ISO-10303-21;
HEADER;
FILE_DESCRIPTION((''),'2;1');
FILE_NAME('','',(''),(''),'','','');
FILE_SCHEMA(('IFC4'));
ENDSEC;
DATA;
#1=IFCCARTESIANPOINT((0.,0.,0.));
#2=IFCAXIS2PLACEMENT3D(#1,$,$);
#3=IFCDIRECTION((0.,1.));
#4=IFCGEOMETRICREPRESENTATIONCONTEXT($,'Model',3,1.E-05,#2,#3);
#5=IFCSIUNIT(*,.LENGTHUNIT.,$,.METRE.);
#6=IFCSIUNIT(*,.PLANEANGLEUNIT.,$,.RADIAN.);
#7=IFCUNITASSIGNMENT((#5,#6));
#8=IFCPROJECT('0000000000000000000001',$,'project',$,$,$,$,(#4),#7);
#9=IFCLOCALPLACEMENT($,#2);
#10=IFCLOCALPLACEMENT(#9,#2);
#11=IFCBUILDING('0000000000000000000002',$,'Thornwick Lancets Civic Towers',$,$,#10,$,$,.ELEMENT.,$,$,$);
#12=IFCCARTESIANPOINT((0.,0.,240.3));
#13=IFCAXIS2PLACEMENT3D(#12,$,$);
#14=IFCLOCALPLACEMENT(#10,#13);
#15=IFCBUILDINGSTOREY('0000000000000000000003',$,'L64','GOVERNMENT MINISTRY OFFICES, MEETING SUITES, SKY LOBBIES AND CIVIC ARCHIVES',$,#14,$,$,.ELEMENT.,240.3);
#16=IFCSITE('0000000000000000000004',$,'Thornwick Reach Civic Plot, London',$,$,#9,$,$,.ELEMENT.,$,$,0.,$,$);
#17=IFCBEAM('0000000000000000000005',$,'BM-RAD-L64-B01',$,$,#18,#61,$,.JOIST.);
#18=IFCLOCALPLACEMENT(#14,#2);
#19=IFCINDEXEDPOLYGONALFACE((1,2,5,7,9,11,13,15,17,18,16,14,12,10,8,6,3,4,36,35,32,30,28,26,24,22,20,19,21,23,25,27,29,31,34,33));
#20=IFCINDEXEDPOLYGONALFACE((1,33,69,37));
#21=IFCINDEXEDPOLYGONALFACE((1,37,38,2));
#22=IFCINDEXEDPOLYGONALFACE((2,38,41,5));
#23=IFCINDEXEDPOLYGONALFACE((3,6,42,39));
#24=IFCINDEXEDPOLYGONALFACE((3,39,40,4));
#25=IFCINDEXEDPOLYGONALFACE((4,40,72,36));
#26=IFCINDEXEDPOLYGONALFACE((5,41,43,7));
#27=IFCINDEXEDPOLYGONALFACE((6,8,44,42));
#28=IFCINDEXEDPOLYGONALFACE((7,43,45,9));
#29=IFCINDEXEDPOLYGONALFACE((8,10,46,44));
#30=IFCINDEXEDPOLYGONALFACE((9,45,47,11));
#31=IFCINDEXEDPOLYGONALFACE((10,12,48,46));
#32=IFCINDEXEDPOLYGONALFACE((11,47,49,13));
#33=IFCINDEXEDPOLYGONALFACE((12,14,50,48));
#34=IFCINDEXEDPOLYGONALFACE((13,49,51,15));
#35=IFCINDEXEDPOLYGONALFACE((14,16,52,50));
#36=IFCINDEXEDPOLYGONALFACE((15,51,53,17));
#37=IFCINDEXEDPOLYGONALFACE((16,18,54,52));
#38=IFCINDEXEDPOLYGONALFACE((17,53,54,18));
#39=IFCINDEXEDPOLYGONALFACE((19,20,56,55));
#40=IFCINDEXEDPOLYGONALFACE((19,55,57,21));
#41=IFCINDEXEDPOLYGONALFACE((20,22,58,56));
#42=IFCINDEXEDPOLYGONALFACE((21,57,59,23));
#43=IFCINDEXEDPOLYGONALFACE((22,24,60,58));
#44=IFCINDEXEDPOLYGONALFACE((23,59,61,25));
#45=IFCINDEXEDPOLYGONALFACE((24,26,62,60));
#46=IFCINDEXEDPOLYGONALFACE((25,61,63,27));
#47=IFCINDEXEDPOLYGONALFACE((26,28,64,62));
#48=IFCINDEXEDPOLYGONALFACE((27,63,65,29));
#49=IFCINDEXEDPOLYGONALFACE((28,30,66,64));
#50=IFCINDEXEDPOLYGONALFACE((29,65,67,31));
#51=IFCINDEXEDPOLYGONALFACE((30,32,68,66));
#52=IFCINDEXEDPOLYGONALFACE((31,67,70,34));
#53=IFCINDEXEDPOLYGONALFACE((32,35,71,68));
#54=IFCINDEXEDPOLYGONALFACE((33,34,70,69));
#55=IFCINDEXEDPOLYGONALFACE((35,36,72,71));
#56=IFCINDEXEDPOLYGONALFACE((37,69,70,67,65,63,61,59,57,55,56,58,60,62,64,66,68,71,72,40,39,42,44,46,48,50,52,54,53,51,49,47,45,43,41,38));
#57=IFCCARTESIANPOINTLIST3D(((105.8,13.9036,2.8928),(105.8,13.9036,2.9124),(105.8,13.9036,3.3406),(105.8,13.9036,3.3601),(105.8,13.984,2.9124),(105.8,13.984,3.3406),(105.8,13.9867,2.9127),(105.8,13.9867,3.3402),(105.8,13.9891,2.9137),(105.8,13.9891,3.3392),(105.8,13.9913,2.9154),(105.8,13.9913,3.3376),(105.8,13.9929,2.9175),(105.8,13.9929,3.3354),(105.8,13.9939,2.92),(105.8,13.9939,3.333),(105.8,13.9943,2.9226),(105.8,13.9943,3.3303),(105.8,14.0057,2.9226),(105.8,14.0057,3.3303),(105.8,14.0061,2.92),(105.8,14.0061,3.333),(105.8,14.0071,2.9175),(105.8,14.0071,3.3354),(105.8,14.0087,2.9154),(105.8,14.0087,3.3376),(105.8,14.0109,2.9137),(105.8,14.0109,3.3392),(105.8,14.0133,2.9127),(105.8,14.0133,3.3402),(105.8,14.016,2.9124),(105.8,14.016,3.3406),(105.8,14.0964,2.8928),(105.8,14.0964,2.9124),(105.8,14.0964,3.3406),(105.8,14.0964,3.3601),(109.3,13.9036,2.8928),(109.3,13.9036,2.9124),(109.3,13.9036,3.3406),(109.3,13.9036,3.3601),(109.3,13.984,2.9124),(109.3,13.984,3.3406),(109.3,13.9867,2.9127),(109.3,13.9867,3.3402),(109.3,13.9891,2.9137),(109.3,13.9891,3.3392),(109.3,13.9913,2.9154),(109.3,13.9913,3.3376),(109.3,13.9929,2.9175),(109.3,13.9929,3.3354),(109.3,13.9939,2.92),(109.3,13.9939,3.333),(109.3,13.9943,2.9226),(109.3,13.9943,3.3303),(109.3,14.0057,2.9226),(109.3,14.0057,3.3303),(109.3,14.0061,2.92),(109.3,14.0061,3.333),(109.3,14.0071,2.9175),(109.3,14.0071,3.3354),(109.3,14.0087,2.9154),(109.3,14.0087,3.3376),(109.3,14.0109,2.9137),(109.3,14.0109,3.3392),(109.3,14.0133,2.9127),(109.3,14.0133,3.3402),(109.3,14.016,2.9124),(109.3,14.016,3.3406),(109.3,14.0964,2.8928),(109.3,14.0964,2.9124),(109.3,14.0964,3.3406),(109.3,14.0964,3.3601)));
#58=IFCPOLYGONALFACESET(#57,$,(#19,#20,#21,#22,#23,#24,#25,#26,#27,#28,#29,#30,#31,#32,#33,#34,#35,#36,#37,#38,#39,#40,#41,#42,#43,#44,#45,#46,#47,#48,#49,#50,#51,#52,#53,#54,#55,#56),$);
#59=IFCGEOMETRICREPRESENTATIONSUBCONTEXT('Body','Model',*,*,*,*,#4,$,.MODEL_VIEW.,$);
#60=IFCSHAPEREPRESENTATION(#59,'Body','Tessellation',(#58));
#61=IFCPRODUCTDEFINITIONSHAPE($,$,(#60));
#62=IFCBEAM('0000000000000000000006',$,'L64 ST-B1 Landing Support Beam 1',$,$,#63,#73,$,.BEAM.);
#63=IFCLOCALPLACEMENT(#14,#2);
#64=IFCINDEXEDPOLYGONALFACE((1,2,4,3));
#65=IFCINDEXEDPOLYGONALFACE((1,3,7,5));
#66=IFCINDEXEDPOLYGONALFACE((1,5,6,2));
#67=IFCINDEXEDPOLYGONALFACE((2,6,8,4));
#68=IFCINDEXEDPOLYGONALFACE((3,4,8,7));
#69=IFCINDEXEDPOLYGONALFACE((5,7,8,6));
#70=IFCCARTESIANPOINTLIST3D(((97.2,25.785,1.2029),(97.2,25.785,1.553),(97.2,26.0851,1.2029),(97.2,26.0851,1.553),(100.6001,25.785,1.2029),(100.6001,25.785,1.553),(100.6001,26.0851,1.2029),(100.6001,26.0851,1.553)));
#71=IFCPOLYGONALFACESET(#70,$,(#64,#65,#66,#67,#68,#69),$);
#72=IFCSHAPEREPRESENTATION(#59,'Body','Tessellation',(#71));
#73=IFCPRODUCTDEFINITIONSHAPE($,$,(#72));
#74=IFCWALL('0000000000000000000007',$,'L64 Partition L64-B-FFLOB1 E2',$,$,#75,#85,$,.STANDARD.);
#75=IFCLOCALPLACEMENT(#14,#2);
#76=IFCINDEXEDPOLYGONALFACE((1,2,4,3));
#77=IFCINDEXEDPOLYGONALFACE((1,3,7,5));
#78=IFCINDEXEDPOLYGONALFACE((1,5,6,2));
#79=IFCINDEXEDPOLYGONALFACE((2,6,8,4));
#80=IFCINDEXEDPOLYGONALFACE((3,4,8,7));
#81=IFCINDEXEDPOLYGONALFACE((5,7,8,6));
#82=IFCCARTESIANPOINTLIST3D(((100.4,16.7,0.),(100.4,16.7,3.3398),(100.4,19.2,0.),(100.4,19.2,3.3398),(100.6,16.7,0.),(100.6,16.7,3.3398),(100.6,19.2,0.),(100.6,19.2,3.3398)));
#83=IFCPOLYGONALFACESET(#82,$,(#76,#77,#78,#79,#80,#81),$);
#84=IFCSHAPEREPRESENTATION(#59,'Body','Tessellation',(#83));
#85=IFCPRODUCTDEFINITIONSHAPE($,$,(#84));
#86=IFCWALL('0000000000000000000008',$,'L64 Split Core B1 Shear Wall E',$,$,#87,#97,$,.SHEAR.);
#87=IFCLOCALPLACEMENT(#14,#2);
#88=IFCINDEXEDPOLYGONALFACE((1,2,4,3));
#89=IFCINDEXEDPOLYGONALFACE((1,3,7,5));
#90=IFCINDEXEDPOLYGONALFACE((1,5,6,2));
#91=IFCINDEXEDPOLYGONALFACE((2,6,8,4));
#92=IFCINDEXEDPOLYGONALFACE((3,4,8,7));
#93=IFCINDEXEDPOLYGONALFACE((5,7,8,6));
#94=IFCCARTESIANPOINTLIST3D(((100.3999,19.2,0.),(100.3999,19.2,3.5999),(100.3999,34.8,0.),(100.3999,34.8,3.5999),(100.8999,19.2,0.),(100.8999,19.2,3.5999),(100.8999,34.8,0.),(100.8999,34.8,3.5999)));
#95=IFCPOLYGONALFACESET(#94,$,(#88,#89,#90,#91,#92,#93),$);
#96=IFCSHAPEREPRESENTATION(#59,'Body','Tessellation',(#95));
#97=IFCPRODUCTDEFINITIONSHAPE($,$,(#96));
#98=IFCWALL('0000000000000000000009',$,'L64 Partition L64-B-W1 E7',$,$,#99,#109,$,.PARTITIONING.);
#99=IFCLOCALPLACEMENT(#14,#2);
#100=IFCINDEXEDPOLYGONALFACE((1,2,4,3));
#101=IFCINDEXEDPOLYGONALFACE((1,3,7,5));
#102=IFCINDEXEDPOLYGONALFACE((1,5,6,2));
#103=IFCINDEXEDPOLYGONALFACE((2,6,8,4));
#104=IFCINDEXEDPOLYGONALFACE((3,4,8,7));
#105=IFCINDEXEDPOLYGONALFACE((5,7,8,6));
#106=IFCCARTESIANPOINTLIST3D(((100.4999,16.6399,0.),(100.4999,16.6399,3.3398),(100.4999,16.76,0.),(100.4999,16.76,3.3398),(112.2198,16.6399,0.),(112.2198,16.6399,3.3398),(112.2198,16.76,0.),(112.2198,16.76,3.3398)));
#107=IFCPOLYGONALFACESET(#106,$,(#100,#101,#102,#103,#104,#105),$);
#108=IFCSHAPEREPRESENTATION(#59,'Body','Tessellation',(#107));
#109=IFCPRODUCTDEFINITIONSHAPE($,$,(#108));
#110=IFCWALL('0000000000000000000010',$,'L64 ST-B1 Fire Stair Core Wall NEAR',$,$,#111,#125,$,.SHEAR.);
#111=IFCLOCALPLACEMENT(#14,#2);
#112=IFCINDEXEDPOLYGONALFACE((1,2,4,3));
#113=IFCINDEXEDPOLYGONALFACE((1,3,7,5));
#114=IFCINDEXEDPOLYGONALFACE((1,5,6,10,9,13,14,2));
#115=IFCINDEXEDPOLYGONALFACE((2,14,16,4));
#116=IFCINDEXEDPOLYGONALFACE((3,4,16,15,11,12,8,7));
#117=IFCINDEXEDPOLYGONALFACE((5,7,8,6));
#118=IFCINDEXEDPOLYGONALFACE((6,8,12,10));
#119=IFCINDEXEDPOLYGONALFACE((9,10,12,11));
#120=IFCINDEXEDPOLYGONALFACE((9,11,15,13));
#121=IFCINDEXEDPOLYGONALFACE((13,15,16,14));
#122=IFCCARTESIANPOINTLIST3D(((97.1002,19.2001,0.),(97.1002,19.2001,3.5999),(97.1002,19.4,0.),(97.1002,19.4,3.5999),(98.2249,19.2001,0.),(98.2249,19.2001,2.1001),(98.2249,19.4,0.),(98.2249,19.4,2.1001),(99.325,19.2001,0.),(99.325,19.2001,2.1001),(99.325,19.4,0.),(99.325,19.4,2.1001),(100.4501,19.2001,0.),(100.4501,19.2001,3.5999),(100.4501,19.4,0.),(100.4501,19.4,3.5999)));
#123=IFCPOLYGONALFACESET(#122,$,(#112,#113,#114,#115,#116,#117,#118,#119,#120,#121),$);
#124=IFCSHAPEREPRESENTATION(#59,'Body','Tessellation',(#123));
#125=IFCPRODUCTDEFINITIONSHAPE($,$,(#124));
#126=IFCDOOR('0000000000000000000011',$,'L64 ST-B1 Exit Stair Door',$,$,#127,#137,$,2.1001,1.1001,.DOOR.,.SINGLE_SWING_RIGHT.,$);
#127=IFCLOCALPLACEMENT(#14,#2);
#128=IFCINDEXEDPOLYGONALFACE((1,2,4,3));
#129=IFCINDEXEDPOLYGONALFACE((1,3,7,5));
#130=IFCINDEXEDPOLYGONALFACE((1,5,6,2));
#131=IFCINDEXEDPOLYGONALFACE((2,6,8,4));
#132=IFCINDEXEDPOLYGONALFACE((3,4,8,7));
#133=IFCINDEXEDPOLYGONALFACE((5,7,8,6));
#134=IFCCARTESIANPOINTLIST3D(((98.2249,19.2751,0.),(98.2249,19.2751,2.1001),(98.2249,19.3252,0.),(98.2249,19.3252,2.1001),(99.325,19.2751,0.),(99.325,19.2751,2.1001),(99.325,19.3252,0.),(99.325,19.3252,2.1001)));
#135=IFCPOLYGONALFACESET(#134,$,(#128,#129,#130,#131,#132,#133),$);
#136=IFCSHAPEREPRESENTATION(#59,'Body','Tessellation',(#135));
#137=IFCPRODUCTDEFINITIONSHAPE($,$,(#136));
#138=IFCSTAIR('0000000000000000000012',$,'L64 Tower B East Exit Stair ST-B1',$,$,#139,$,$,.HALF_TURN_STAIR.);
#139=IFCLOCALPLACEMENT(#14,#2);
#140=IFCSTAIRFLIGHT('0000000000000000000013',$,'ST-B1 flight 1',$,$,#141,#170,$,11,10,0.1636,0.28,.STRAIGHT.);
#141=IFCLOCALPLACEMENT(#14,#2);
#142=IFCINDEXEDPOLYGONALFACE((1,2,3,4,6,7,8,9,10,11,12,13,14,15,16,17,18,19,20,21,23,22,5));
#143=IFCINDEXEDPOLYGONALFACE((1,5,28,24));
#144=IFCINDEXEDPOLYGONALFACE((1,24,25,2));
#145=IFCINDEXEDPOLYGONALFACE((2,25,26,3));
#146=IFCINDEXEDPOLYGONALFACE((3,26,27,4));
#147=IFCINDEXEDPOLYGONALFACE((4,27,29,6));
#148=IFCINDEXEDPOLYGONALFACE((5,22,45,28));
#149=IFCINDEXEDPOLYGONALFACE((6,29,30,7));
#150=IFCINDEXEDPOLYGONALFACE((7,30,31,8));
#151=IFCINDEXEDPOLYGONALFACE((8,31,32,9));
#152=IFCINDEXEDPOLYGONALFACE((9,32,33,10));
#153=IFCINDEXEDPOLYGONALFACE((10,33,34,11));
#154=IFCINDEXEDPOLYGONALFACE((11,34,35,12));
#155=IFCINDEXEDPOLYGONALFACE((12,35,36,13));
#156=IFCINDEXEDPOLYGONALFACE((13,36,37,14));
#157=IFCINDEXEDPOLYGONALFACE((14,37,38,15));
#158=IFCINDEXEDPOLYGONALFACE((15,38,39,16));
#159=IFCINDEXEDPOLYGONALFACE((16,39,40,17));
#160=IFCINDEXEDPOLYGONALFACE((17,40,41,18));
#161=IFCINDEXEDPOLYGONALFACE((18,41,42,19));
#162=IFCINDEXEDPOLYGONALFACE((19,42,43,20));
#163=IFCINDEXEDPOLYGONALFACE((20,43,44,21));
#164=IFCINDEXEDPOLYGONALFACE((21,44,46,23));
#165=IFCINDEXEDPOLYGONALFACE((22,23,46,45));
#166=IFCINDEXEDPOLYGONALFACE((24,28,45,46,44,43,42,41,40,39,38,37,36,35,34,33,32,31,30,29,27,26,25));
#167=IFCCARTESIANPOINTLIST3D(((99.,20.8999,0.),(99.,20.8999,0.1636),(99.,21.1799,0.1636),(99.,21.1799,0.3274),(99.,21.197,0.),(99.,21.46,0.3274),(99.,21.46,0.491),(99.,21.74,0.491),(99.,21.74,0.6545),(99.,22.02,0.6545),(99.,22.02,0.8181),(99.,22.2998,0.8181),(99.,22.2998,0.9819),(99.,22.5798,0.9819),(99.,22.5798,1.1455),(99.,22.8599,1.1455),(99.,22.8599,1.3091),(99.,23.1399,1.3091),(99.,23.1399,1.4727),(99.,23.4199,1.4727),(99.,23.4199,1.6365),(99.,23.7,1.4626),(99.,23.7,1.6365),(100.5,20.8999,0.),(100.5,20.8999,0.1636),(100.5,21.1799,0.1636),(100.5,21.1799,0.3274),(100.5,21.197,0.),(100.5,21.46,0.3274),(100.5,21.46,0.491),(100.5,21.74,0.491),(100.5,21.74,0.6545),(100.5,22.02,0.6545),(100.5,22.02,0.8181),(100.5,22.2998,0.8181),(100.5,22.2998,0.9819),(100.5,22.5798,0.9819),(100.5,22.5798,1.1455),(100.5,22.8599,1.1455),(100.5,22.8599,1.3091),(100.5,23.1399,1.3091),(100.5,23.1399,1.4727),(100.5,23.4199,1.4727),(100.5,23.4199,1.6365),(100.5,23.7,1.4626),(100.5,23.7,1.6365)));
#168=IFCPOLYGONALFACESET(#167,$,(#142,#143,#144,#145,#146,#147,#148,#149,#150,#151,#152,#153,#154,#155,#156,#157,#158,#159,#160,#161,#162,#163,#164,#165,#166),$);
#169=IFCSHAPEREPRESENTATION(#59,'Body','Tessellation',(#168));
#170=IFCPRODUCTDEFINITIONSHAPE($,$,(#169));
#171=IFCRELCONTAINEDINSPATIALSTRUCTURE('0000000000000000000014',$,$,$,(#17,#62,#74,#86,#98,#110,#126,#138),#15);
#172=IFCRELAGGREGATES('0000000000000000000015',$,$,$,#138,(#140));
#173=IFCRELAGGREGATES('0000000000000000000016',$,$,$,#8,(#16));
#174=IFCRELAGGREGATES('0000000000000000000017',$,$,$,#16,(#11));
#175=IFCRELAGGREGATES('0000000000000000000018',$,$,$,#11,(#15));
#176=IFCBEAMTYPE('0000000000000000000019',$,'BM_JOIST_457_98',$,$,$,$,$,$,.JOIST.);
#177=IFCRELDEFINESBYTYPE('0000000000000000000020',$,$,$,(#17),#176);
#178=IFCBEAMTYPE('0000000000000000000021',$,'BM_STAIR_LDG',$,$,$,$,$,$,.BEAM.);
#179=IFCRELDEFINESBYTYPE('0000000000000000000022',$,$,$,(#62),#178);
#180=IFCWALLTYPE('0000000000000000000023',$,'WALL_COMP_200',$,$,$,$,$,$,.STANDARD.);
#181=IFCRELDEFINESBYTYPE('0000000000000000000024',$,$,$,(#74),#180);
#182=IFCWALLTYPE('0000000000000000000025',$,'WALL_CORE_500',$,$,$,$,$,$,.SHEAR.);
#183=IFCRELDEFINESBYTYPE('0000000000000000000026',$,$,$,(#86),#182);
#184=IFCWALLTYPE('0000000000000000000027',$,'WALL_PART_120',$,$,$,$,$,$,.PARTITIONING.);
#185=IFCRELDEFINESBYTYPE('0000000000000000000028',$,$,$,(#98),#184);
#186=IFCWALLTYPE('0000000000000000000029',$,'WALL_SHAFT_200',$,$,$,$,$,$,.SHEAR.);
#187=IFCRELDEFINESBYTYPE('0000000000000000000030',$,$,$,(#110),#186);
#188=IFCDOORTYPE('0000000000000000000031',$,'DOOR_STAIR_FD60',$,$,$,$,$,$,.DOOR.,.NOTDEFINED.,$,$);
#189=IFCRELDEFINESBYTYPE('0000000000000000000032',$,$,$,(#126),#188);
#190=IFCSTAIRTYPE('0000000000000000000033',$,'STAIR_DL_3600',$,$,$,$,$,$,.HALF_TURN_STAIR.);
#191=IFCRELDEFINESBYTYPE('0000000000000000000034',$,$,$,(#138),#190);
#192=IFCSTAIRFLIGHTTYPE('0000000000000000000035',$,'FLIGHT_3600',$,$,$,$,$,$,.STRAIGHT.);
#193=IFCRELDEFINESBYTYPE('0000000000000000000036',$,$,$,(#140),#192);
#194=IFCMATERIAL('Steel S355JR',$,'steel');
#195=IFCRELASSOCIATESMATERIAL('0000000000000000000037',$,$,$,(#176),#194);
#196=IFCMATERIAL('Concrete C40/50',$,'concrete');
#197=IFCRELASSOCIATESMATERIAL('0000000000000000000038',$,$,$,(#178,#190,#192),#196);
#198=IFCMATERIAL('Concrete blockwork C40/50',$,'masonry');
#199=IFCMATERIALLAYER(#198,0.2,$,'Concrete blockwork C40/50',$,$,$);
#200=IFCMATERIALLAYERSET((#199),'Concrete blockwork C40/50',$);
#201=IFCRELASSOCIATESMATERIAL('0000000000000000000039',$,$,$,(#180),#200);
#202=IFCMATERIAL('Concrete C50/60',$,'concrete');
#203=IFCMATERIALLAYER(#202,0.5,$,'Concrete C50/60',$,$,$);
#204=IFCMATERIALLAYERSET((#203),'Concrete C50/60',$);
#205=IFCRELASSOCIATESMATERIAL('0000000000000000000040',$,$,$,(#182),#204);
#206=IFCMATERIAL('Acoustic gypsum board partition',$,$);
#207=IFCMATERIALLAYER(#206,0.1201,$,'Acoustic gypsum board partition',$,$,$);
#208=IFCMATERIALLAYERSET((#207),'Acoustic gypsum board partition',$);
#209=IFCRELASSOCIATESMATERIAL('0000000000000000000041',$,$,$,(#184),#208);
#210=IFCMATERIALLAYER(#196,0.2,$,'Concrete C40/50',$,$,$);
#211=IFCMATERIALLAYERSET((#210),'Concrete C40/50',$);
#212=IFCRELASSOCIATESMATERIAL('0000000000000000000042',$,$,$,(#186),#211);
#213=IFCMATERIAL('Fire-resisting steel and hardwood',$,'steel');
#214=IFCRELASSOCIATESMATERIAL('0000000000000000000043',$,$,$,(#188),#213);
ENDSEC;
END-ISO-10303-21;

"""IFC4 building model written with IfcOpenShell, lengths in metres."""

from ifc_helpers import new_model, si_unit, direction, frame, frame_2d, origin, origin_2d, place, context, subcontext, project, spatial, polyline, rectangle, i_section, outline, extrude, material, layer, layer_set, material_profile, profile_set, type_object, element, fill, aggregate, save


model = new_model("IFC4")

# Units and contexts
model_context = context("Model", 3, precision=1e-05, world=origin(), true_north=direction((0.0, 1.0)))
body_context = subcontext(model_context, "Body", "Model", "MODEL_VIEW")
ifc_project = project(units=[si_unit("LENGTHUNIT", "METRE"), si_unit("PLANEANGLEUNIT", "RADIAN")], contexts=[model_context])

# Site, building, storey
site_placement = place(None, origin())
site = spatial("IfcSite", under=ifc_project, at=site_placement, Name="Thornwick Reach Civic Plot, London", CompositionType="ELEMENT", RefElevation=0.0)
building_placement = place(site_placement, origin())
building = spatial("IfcBuilding", under=site, at=building_placement, Name="Thornwick Lancets Civic Towers", CompositionType="ELEMENT")
storey_placement = place(building_placement, frame((0.0, 0.0, 240.3)))
storey = spatial("IfcBuildingStorey", under=building, at=storey_placement, Name="L64", Description="GOVERNMENT MINISTRY OFFICES, MEETING SUITES, SKY LOBBIES AND CIVIC ARCHIVES", CompositionType="ELEMENT", Elevation=240.3)

# Shared definitions
ifc_material_1 = material(Name="Concrete C50/60", Category="concrete")
ifc_material_2 = material(Name="Steel S355JR", Category="steel")

# Beams
ifc_material_profile_1 = material_profile(ifc_material_2, i_section(OverallWidth=0.1929, OverallDepth=0.4673, WebThickness=0.0115, FlangeThickness=0.0195, FilletRadius=0.0103, at=origin_2d()), Name="UKB 457x191x98")
ifc_profile_set_1 = profile_set([ifc_material_profile_1], Name="Steel S355JR")
beam_type_1 = type_object("IfcBeamType", Name="BM_JOIST_457_98", PredefinedType="JOIST", material=ifc_profile_set_1)
beam_1_placement = place(storey_placement, frame((105.8, 14.0, 3.1265), z_axis=(1.0, 0.0, 0.0), x_axis=(0.0, 1.0, 0.0)))
element("IfcBeam", 1, at=beam_1_placement, inside=storey, type_object=beam_type_1, Name="BM-RAD-L64-B01", PredefinedType="JOIST", context=body_context, shape_type="SweptSolid", body=[
    extrude(i_section(OverallWidth=0.1929, OverallDepth=0.4673, WebThickness=0.0115, FlangeThickness=0.0195, FilletRadius=0.0103, at=origin_2d()), origin(), (0.0, 0.0, 1.0), 3.5),
])
ifc_material_3 = material(Name="Concrete C40/50", Category="concrete")
ifc_material_profile_2 = material_profile(ifc_material_3, rectangle(XDim=0.3, YDim=0.3501, at=origin_2d()), Name="RC 300x350")
ifc_profile_set_2 = profile_set([ifc_material_profile_2], Name="Concrete C40/50")
beam_type_2 = type_object("IfcBeamType", Name="BM_STAIR_LDG", PredefinedType="BEAM", material=ifc_profile_set_2)
beam_2_placement = place(storey_placement, frame((100.6001, 25.9351, 1.3779), z_axis=(-1.0, 0.0, 0.0), x_axis=(0.0, -1.0, 0.0)))
element("IfcBeam", 2, at=beam_2_placement, inside=storey, type_object=beam_type_2, Name="L64 ST-B1 Landing Support Beam 1", PredefinedType="BEAM", context=body_context, shape_type="SweptSolid", body=[
    extrude(rectangle(XDim=0.3, YDim=0.3501, at=origin_2d()), origin(), (0.0, 0.0, 1.0), 3.4001),
])

# Walls
ifc_material_4 = material(Name="Concrete blockwork C40/50", Category="masonry")
ifc_layer_1 = layer(ifc_material_4, 0.2, Name="Concrete blockwork C40/50")
ifc_layer_set_1 = layer_set([ifc_layer_1], Name="Concrete blockwork C40/50")
wall_type_1 = type_object("IfcWallType", Name="WALL_COMP_200", PredefinedType="STANDARD", material=ifc_layer_set_1)
wall_1_placement = place(storey_placement, frame((100.5, 16.7, 0.0), z_axis=(0.0, 0.0, 1.0), x_axis=(0.0, 1.0, 0.0)))
element("IfcWall", 3, at=wall_1_placement, inside=storey, type_object=wall_type_1, Name="L64 Partition L64-B-FFLOB1 E2", PredefinedType="STANDARD", context=body_context, shape_type="SweptSolid", body=[
    extrude(rectangle(XDim=2.5, YDim=0.2, at=frame_2d((1.25, 0.0))), origin(), (0.0, 0.0, 1.0), 3.3398),
])
ifc_layer_2 = layer(ifc_material_1, 0.5, Name="Concrete C50/60")
ifc_layer_set_2 = layer_set([ifc_layer_2], Name="Concrete C50/60")
wall_type_2 = type_object("IfcWallType", Name="WALL_CORE_500", PredefinedType="SHEAR", material=ifc_layer_set_2)
wall_2_placement = place(storey_placement, frame((100.6499, 19.2, 0.0), z_axis=(0.0, 0.0, 1.0), x_axis=(0.0, 1.0, 0.0)))
element("IfcWall", 4, at=wall_2_placement, inside=storey, type_object=wall_type_2, Name="L64 Split Core B1 Shear Wall E", PredefinedType="SHEAR", context=body_context, shape_type="SweptSolid", body=[
    extrude(rectangle(XDim=15.6001, YDim=0.5, at=frame_2d((7.8, 0.0))), origin(), (0.0, 0.0, 1.0), 3.5999),
])
ifc_material_5 = material(Name="Acoustic gypsum board partition")
ifc_layer_3 = layer(ifc_material_5, 0.1201, Name="Acoustic gypsum board partition")
ifc_layer_set_3 = layer_set([ifc_layer_3], Name="Acoustic gypsum board partition")
wall_type_3 = type_object("IfcWallType", Name="WALL_PART_120", PredefinedType="PARTITIONING", material=ifc_layer_set_3)
wall_3_placement = place(storey_placement, frame((100.5, 16.7, 0.0), z_axis=(0.0, 0.0, 1.0), x_axis=(1.0, 0.0, 0.0)))
element("IfcWall", 5, at=wall_3_placement, inside=storey, type_object=wall_type_3, Name="L64 Partition L64-B-W1 E7", PredefinedType="PARTITIONING", context=body_context, shape_type="SweptSolid", body=[
    extrude(rectangle(XDim=11.72, YDim=0.1201, at=frame_2d((5.8599, 0.0))), origin(), (0.0, 0.0, 1.0), 3.3398),
])

# Wall, opening, door
ifc_layer_4 = layer(ifc_material_3, 0.2, Name="Concrete C40/50")
ifc_layer_set_4 = layer_set([ifc_layer_4], Name="Concrete C40/50")
wall_type_4 = type_object("IfcWallType", Name="WALL_SHAFT_200", PredefinedType="SHEAR", material=ifc_layer_set_4)
wall_4_placement = place(storey_placement, frame((100.45, 19.3, 0.0), z_axis=(0.0, 0.0, 1.0), x_axis=(-1.0, 0.0, 0.0)))
wall_4 = element("IfcWall", 6, at=wall_4_placement, inside=storey, type_object=wall_type_4, Name="L64 ST-B1 Fire Stair Core Wall NEAR", PredefinedType="SHEAR", context=body_context, shape_type="SweptSolid", body=[
    extrude(rectangle(XDim=3.3499, YDim=0.2, at=frame_2d((1.6748, 0.0))), origin(), (0.0, 0.0, 1.0), 3.5999),
])
opening_placement = place(wall_4_placement, frame((1.125, 0.0, 0.0)))
opening = element("IfcOpeningElement", 7, at=opening_placement, cuts=wall_4, PredefinedType="OPENING", context=body_context, shape_type="SweptSolid", body=[
    extrude(rectangle(XDim=1.1001, YDim=2.1001, at=frame_2d((0.55, 1.05))), frame((0.0, 0.1099, 0.0), z_axis=(0.0, -1.0, 0.0), x_axis=(1.0, 0.0, 0.0)), (0.0, 0.0, 1.0), 0.22),
])
ifc_material_6 = material(Name="Fire-resisting steel and hardwood", Category="steel")
door_type = type_object("IfcDoorType", Name="DOOR_STAIR_FD60", OperationType="NOTDEFINED", PredefinedType="DOOR", material=ifc_material_6)
door_placement = place(opening_placement, origin())
door = element("IfcDoor", 8, at=door_placement, inside=storey, type_object=door_type, Name="L64 ST-B1 Exit Stair Door", OperationType="SINGLE_SWING_RIGHT", OverallHeight=2.1001, OverallWidth=1.1001, PredefinedType="DOOR", context=body_context, shape_type="SweptSolid", body=[
    extrude(rectangle(XDim=1.1001, YDim=2.1001, at=frame_2d((0.55, 1.05))), frame((0.0, 0.0249, 0.0), z_axis=(0.0, -1.0, 0.0), x_axis=(1.0, 0.0, 0.0)), (0.0, 0.0, 1.0), 0.05),
])
fill(opening, door)

# Stair, stair flight
stair_type = type_object("IfcStairType", Name="STAIR_DL_3600", PredefinedType="HALF_TURN_STAIR", material=ifc_material_3)
stair_placement = place(storey_placement, origin())
stair = element("IfcStair", 9, at=stair_placement, inside=storey, type_object=stair_type, Name="L64 Tower B East Exit Stair ST-B1", PredefinedType="HALF_TURN_STAIR")
stair_flight_type = type_object("IfcStairFlightType", Name="FLIGHT_3600", PredefinedType="STRAIGHT", material=ifc_material_3)
stair_flight_placement = place(storey_placement, frame((99.75, 20.8999, 0.0), z_axis=(0.0, 0.0, 1.0), x_axis=(0.0, 1.0, 0.0)))
stair_flight = element("IfcStairFlight", 10, at=stair_flight_placement, type_object=stair_flight_type, Name="ST-B1 flight 1", NumberOfRisers=11, NumberOfTreads=10, PredefinedType="STRAIGHT", RiserHeight=0.1636, TreadLength=0.28, context=body_context, shape_type="SweptSolid", body=[
    extrude(outline(polyline([(0.0, 0.0), (0.0, 0.1636), (0.28, 0.1636), (0.28, 0.3274), (0.5601, 0.3274), (0.5601, 0.491), (0.8401, 0.491), (0.8401, 0.6545), (1.1201, 0.6545), (1.1201, 0.8181), (1.3999, 0.8181), (1.3999, 0.9819), (1.6799, 0.9819), (1.6799, 1.1455), (1.96, 1.1455), (1.96, 1.3091), (2.24, 1.3091), (2.24, 1.4727), (2.52, 1.4727), (2.52, 1.6365), (2.8, 1.6365), (2.8, 1.8), (2.8, 1.4626), (0.2971, 0.0), (0.0, 0.0)])), frame((0.0, 0.75, 0.0), z_axis=(0.0, -1.0, 0.0), x_axis=(1.0, 0.0, 0.0)), (0.0, 0.0, 1.0), 1.5),
])
aggregate(stair, [stair_flight])

save(model, "model.ifc")
